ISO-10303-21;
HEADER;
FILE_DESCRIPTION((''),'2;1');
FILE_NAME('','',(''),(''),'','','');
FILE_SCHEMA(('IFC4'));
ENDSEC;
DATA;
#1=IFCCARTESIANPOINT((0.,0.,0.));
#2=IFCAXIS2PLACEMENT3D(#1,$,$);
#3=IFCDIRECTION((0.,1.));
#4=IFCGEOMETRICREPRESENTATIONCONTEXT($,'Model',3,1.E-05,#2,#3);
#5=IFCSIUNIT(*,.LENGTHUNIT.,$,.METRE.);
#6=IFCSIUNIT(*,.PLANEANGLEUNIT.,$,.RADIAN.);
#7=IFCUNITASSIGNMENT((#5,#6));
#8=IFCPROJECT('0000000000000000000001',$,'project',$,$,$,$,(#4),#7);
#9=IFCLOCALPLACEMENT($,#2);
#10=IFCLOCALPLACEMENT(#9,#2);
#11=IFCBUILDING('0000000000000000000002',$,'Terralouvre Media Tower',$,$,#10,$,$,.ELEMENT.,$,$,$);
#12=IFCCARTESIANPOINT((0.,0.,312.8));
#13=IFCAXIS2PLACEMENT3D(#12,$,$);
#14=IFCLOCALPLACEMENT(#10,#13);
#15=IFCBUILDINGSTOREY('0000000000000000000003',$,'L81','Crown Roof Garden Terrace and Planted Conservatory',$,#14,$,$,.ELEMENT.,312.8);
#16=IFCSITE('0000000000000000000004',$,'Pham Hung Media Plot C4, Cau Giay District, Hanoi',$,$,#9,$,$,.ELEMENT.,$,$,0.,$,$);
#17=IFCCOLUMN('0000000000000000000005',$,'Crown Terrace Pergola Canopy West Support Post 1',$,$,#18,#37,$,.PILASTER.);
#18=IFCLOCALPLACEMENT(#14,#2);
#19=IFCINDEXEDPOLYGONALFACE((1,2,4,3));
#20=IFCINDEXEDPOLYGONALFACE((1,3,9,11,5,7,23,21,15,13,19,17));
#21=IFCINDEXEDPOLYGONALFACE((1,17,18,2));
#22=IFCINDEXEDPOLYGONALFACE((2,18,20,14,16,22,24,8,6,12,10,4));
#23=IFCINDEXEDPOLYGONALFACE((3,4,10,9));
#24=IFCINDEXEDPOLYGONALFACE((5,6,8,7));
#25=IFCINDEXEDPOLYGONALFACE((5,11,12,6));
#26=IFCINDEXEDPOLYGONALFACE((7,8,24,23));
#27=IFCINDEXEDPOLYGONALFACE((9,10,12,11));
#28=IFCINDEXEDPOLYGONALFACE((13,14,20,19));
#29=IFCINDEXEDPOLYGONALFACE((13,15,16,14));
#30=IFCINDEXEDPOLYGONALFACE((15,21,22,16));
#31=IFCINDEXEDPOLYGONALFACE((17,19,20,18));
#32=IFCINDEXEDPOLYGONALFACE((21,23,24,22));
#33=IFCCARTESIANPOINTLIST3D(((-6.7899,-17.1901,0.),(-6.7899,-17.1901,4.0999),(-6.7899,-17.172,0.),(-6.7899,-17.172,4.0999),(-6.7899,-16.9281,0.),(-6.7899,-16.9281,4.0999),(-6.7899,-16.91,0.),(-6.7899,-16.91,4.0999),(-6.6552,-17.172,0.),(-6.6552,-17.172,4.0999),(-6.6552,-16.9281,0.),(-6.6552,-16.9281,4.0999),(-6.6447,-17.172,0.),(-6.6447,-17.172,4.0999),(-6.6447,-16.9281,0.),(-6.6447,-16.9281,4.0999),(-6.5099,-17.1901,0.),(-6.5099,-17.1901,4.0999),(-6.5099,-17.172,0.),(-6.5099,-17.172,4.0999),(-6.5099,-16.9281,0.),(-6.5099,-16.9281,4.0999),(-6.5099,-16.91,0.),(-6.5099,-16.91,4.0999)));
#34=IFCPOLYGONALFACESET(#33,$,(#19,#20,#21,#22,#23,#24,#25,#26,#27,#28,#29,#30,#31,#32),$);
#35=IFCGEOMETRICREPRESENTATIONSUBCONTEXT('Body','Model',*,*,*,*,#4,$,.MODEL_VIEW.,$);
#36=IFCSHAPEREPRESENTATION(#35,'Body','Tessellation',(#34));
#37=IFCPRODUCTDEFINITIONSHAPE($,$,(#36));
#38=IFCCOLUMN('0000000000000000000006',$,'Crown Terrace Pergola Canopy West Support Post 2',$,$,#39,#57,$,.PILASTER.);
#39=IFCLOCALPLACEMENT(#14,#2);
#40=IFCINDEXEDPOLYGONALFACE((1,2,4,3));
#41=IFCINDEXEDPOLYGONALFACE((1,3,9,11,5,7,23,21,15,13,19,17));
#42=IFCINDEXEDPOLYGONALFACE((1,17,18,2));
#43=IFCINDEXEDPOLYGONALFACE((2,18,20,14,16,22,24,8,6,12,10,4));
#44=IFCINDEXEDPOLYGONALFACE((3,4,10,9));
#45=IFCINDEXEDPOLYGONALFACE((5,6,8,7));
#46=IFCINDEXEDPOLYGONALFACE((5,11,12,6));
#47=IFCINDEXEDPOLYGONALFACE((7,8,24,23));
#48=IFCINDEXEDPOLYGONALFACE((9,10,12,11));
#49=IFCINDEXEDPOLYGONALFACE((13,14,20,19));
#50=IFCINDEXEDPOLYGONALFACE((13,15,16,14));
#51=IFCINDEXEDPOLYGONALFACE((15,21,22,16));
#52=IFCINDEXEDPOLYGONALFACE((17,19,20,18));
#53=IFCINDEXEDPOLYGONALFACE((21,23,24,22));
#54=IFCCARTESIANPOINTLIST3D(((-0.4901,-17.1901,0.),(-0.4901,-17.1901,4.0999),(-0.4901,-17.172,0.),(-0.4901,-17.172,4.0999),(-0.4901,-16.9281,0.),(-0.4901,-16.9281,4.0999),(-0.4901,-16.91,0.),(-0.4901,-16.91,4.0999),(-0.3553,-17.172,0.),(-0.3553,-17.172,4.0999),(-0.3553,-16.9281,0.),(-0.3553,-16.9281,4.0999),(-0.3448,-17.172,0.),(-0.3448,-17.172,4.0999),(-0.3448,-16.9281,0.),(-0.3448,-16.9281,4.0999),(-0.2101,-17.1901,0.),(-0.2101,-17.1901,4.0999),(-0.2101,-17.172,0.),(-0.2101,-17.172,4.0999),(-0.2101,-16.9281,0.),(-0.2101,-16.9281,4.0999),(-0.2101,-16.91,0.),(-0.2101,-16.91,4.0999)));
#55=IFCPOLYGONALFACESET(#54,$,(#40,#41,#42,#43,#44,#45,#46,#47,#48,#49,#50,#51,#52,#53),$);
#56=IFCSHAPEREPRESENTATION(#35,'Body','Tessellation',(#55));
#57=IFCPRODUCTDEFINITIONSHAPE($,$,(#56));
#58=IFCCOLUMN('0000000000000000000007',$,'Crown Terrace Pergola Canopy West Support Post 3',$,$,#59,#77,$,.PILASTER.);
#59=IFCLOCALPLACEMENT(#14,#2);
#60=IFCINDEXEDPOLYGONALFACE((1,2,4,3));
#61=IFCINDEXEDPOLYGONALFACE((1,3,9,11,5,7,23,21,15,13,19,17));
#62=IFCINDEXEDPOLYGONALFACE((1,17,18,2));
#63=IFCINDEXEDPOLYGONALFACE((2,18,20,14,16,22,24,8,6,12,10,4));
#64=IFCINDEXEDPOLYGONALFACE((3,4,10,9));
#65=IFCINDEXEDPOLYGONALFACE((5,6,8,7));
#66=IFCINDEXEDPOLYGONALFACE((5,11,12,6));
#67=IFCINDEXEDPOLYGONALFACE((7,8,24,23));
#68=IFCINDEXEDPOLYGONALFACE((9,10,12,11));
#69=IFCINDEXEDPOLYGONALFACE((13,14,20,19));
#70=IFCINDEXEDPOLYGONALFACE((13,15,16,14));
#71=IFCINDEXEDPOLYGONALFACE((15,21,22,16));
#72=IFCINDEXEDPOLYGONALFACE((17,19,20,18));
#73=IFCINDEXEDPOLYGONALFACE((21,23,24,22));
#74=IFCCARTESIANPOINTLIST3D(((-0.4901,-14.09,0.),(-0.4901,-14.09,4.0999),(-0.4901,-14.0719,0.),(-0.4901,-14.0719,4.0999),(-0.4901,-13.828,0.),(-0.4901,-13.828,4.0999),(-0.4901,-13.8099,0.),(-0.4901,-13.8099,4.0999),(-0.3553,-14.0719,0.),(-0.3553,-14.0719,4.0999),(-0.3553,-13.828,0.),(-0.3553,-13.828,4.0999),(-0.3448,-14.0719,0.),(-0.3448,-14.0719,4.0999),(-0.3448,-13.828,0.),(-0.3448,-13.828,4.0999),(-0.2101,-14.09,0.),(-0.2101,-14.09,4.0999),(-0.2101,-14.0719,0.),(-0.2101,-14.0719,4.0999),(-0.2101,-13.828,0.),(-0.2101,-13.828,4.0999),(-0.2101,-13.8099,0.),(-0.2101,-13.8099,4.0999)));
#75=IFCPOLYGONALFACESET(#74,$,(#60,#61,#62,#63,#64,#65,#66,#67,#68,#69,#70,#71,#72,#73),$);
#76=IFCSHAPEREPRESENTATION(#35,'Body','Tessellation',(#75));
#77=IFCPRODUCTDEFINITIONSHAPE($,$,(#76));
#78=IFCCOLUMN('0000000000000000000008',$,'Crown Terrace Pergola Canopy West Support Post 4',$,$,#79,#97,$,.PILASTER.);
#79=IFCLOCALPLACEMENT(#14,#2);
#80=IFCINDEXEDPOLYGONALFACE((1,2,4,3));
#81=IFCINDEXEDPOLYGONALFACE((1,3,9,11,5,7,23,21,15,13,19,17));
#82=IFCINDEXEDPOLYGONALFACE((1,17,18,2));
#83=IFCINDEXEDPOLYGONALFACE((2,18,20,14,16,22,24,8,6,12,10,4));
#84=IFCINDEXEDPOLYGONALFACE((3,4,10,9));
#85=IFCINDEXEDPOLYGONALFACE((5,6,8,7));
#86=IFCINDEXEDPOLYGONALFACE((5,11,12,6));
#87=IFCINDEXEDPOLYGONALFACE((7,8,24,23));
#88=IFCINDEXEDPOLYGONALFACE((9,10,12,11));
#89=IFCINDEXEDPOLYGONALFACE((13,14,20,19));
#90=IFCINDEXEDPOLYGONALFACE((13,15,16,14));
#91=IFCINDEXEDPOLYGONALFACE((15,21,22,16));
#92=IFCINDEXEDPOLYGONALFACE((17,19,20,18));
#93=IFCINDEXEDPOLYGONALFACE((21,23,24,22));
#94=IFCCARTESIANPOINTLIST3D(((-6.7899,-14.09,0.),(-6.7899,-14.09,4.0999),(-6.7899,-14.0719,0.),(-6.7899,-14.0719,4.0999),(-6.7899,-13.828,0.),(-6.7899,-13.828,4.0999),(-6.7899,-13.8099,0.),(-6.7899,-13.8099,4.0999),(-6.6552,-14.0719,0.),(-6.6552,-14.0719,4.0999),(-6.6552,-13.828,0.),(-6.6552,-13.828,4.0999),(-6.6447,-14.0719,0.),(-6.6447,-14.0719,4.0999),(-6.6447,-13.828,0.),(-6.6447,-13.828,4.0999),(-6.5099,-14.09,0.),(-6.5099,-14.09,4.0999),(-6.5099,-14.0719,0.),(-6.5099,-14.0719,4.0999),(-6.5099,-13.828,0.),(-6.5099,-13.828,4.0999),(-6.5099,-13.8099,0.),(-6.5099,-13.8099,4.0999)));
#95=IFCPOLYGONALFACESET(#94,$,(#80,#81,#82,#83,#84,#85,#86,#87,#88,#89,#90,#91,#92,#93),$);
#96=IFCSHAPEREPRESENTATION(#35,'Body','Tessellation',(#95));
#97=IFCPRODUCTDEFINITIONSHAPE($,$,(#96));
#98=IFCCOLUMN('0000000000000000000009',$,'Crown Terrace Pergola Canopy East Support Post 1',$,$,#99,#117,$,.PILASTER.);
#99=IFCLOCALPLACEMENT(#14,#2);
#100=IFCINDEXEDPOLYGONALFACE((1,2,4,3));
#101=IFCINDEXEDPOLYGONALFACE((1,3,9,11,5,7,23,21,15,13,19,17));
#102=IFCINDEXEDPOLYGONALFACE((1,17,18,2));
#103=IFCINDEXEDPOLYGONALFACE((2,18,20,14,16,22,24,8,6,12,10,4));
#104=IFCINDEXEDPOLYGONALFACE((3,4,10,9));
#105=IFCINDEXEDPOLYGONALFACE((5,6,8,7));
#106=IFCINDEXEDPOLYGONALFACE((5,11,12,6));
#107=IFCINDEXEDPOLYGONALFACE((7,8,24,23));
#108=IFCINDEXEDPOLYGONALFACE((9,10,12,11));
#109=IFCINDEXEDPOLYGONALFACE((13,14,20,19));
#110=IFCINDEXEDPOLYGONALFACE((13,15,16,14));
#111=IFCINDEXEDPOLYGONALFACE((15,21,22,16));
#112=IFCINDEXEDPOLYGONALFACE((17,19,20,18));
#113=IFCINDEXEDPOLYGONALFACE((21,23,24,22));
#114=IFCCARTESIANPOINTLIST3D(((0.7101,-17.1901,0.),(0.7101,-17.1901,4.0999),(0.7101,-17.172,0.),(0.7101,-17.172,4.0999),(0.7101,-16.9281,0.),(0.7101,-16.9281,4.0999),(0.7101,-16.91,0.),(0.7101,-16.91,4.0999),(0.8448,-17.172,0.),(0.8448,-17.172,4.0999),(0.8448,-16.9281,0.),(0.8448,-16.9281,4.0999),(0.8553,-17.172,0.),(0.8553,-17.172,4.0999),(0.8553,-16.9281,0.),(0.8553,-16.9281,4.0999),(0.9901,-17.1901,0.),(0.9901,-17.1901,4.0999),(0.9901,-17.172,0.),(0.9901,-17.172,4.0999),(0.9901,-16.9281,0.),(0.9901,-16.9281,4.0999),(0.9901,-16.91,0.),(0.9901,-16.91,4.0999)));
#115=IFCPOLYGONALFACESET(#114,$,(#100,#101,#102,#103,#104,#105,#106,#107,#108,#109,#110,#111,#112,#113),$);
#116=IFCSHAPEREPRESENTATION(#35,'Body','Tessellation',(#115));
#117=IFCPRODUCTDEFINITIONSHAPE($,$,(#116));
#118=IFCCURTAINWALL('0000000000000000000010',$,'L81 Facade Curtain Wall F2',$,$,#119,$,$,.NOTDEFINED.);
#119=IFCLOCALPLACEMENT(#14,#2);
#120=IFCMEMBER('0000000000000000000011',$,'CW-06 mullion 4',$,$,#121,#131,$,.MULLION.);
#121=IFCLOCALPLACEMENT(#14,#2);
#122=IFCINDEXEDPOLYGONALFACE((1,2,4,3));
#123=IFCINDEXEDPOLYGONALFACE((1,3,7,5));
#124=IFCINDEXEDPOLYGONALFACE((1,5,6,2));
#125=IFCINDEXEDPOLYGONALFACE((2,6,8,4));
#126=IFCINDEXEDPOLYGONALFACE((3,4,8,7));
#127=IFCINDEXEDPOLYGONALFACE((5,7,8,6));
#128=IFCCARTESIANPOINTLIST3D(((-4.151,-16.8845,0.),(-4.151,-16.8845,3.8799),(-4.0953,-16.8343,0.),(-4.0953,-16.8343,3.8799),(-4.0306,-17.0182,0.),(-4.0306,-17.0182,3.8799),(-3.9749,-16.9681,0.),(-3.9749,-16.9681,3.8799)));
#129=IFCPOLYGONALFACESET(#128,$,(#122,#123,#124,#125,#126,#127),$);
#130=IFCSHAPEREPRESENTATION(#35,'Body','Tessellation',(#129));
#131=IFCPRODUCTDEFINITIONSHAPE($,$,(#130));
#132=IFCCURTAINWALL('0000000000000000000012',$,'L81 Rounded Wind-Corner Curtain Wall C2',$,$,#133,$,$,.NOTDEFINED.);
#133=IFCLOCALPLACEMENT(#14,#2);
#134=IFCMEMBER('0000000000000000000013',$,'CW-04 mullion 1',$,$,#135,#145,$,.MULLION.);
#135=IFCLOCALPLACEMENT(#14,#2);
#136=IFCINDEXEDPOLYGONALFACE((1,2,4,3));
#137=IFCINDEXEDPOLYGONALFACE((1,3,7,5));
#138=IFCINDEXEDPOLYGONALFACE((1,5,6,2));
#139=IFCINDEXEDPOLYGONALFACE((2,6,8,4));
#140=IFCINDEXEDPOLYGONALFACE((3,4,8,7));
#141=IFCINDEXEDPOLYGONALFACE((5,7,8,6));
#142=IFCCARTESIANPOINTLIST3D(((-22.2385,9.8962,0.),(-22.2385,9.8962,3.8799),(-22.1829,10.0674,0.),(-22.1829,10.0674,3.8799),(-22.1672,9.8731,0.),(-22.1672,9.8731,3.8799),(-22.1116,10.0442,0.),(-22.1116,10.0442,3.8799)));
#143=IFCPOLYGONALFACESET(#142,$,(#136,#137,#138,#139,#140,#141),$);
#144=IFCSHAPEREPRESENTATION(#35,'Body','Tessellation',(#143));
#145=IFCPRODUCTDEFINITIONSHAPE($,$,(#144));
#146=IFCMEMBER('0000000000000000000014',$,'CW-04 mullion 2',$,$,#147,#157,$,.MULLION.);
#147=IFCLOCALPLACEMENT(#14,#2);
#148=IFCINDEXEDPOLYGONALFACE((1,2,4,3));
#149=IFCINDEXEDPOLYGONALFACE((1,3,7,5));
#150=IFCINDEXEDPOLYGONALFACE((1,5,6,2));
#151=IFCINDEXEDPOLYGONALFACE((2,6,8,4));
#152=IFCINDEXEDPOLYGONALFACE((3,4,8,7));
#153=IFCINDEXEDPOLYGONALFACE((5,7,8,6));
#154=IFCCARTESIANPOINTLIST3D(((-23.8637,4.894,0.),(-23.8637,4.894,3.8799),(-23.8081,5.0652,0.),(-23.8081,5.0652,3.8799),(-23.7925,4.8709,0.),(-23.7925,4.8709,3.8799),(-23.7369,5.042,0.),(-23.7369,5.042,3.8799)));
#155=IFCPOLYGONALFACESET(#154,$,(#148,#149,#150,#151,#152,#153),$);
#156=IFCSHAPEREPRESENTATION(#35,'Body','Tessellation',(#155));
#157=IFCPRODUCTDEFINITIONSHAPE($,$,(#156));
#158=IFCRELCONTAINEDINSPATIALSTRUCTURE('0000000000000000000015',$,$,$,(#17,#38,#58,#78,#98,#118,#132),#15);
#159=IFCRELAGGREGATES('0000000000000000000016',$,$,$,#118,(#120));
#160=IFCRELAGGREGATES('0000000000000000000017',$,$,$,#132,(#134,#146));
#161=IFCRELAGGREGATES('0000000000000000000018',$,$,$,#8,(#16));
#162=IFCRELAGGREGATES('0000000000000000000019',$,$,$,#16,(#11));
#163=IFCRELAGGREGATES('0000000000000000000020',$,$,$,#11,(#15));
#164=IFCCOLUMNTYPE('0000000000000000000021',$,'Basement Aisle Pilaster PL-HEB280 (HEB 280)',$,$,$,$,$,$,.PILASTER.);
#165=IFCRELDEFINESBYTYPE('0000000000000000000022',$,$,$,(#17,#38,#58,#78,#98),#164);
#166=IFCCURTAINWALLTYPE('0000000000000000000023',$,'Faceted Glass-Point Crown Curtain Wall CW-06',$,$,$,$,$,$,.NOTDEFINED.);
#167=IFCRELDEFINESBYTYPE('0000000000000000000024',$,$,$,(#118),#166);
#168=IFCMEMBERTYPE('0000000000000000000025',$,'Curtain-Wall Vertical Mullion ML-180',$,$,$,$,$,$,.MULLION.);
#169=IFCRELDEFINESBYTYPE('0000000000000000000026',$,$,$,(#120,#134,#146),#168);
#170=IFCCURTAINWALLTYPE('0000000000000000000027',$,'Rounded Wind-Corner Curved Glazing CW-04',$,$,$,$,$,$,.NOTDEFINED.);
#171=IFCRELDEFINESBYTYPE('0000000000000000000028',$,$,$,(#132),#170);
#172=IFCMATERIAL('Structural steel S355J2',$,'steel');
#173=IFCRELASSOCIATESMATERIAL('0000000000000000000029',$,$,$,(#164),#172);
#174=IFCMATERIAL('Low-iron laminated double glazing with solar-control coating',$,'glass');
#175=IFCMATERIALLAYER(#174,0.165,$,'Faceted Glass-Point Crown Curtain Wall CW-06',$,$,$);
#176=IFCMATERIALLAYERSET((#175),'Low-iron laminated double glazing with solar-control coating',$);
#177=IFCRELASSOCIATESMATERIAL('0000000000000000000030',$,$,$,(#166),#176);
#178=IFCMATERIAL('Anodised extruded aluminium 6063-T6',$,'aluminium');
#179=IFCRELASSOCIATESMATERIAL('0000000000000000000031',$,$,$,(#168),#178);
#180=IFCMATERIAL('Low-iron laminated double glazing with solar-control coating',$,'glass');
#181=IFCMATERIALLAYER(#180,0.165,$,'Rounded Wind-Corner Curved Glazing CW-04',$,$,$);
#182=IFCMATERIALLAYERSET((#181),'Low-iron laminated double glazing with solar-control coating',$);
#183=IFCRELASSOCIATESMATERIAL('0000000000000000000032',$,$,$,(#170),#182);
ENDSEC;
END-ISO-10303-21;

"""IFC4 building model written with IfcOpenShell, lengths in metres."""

from ifc_helpers import new_model, si_unit, direction, frame, origin, origin_2d, place, context, subcontext, project, spatial, rectangle, i_section, extrude, material, layer, layer_set, material_profile, profile_set, type_object, element, aggregate, save


model = new_model("IFC4")

# Units and contexts
model_context = context("Model", 3, precision=1e-05, world=origin(), true_north=direction((0.0, 1.0)))
body_context = subcontext(model_context, "Body", "Model", "MODEL_VIEW")
ifc_project = project(units=[si_unit("LENGTHUNIT", "METRE"), si_unit("PLANEANGLEUNIT", "RADIAN")], contexts=[model_context])

# Site, building, storey
site_placement = place(None, origin())
site = spatial("IfcSite", under=ifc_project, at=site_placement, Name="Pham Hung Media Plot C4, Cau Giay District, Hanoi", CompositionType="ELEMENT", RefElevation=0.0)
building_placement = place(site_placement, origin())
building = spatial("IfcBuilding", under=site, at=building_placement, Name="Terralouvre Media Tower", CompositionType="ELEMENT")
storey_placement = place(building_placement, frame((0.0, 0.0, 312.8)))
storey = spatial("IfcBuildingStorey", under=building, at=storey_placement, Name="L81", Description="Crown Roof Garden Terrace and Planted Conservatory", CompositionType="ELEMENT", Elevation=312.8)

# Columns
ifc_material_1 = material(Name="Structural steel S355J2", Category="steel")
ifc_material_profile_1 = material_profile(ifc_material_1, i_section(OverallWidth=0.28, OverallDepth=0.28, WebThickness=0.0105, FlangeThickness=0.0181, at=origin_2d()), Name="HEB 280")
ifc_profile_set_1 = profile_set([ifc_material_profile_1], Name="Structural steel S355J2")
column_type = type_object("IfcColumnType", Name="Basement Aisle Pilaster PL-HEB280 (HEB 280)", PredefinedType="PILASTER", material=ifc_profile_set_1)
for number, where, z_axis, x_axis, name in (
    (1, (-6.6499, -17.05, 0.0), (0.0, 0.0, 1.0), (1.0, 0.0, 0.0), "Crown Terrace Pergola Canopy West Support Post 1"),
    (2, (-0.3501, -17.05, 0.0), (0.0, 0.0, 1.0), (1.0, 0.0, 0.0), "Crown Terrace Pergola Canopy West Support Post 2"),
    (3, (-0.3501, -13.95, 0.0), (0.0, 0.0, 1.0), (1.0, 0.0, 0.0), "Crown Terrace Pergola Canopy West Support Post 3"),
    (4, (-6.6499, -13.95, 0.0), (0.0, 0.0, 1.0), (1.0, 0.0, 0.0), "Crown Terrace Pergola Canopy West Support Post 4"),
    (5, (0.8501, -17.05, 0.0), (0.0, 0.0, 1.0), (1.0, 0.0, 0.0), "Crown Terrace Pergola Canopy East Support Post 1"),
):
    element("IfcColumn", number, at=place(storey_placement, frame(where, z_axis=z_axis, x_axis=x_axis)), inside=storey, type_object=column_type, Name=name, PredefinedType="PILASTER", context=body_context, shape_type="SweptSolid", body=[
        extrude(i_section(OverallWidth=0.28, OverallDepth=0.28, WebThickness=0.0105, FlangeThickness=0.0181, at=origin_2d()), origin(), (0.0, 0.0, 1.0), 4.0999),
    ])

# Curtain wall, member
ifc_material_2 = material(Name="Low-iron laminated double glazing with solar-control coating", Category="glass")
ifc_layer_1 = layer(ifc_material_2, 0.165, Name="Faceted Glass-Point Crown Curtain Wall CW-06")
ifc_layer_set_1 = layer_set([ifc_layer_1], Name="Low-iron laminated double glazing with solar-control coating")
curtain_wall_type_1 = type_object("IfcCurtainWallType", Name="Faceted Glass-Point Crown Curtain Wall CW-06", PredefinedType="NOTDEFINED", material=ifc_layer_set_1)
curtain_wall_1_placement = place(storey_placement, origin())
curtain_wall_1 = element("IfcCurtainWall", 6, at=curtain_wall_1_placement, inside=storey, type_object=curtain_wall_type_1, Name="L81 Facade Curtain Wall F2", PredefinedType="NOTDEFINED")
ifc_material_3 = material(Name="Anodised extruded aluminium 6063-T6", Category="aluminium")
ifc_material_profile_2 = material_profile(ifc_material_3, rectangle(XDim=0.075, YDim=0.1799, at=origin_2d()), Name="ALU 75x180")
ifc_profile_set_2 = profile_set([ifc_material_profile_2], Name="Anodised extruded aluminium 6063-T6")
member_type = type_object("IfcMemberType", Name="Curtain-Wall Vertical Mullion ML-180", PredefinedType="MULLION", material=ifc_profile_set_2)
member_1_placement = place(storey_placement, frame((-4.063, -16.9263, 0.0), z_axis=(0.0, 0.0, 1.0), x_axis=(0.743145, 0.669131, 0.0)))
member_1 = element("IfcMember", 7, at=member_1_placement, type_object=member_type, Name="CW-06 mullion 4", PredefinedType="MULLION", context=body_context, shape_type="SweptSolid", body=[
    extrude(rectangle(XDim=0.075, YDim=0.1799, at=origin_2d()), origin(), (0.0, 0.0, 1.0), 3.8799),
])
aggregate(curtain_wall_1, [member_1])

# Curtain wall, members
ifc_material_4 = material(Name="Low-iron laminated double glazing with solar-control coating", Category="glass")
ifc_layer_2 = layer(ifc_material_4, 0.165, Name="Rounded Wind-Corner Curved Glazing CW-04")
ifc_layer_set_2 = layer_set([ifc_layer_2], Name="Low-iron laminated double glazing with solar-control coating")
curtain_wall_type_2 = type_object("IfcCurtainWallType", Name="Rounded Wind-Corner Curved Glazing CW-04", PredefinedType="NOTDEFINED", material=ifc_layer_set_2)
curtain_wall_2_placement = place(storey_placement, origin())
curtain_wall_2 = element("IfcCurtainWall", 8, at=curtain_wall_2_placement, inside=storey, type_object=curtain_wall_type_2, Name="L81 Rounded Wind-Corner Curtain Wall C2", PredefinedType="NOTDEFINED")
member_2_placement = place(storey_placement, frame((-22.175, 9.9702, 0.0), z_axis=(0.0, 0.0, 1.0), x_axis=(0.951056, -0.309018, 0.0)))
member_2 = element("IfcMember", 9, at=member_2_placement, type_object=member_type, Name="CW-04 mullion 1", PredefinedType="MULLION", context=body_context, shape_type="SweptSolid", body=[
    extrude(rectangle(XDim=0.075, YDim=0.1799, at=origin_2d()), origin(), (0.0, 0.0, 1.0), 3.8799),
])
member_3_placement = place(storey_placement, frame((-23.8003, 4.968, 0.0), z_axis=(0.0, 0.0, 1.0), x_axis=(0.951056, -0.309018, 0.0)))
member_3 = element("IfcMember", 10, at=member_3_placement, type_object=member_type, Name="CW-04 mullion 2", PredefinedType="MULLION", context=body_context, shape_type="SweptSolid", body=[
    extrude(rectangle(XDim=0.075, YDim=0.1799, at=origin_2d()), origin(), (0.0, 0.0, 1.0), 3.8799),
])
aggregate(curtain_wall_2, [member_2, member_3])

save(model, "model.ifc")
